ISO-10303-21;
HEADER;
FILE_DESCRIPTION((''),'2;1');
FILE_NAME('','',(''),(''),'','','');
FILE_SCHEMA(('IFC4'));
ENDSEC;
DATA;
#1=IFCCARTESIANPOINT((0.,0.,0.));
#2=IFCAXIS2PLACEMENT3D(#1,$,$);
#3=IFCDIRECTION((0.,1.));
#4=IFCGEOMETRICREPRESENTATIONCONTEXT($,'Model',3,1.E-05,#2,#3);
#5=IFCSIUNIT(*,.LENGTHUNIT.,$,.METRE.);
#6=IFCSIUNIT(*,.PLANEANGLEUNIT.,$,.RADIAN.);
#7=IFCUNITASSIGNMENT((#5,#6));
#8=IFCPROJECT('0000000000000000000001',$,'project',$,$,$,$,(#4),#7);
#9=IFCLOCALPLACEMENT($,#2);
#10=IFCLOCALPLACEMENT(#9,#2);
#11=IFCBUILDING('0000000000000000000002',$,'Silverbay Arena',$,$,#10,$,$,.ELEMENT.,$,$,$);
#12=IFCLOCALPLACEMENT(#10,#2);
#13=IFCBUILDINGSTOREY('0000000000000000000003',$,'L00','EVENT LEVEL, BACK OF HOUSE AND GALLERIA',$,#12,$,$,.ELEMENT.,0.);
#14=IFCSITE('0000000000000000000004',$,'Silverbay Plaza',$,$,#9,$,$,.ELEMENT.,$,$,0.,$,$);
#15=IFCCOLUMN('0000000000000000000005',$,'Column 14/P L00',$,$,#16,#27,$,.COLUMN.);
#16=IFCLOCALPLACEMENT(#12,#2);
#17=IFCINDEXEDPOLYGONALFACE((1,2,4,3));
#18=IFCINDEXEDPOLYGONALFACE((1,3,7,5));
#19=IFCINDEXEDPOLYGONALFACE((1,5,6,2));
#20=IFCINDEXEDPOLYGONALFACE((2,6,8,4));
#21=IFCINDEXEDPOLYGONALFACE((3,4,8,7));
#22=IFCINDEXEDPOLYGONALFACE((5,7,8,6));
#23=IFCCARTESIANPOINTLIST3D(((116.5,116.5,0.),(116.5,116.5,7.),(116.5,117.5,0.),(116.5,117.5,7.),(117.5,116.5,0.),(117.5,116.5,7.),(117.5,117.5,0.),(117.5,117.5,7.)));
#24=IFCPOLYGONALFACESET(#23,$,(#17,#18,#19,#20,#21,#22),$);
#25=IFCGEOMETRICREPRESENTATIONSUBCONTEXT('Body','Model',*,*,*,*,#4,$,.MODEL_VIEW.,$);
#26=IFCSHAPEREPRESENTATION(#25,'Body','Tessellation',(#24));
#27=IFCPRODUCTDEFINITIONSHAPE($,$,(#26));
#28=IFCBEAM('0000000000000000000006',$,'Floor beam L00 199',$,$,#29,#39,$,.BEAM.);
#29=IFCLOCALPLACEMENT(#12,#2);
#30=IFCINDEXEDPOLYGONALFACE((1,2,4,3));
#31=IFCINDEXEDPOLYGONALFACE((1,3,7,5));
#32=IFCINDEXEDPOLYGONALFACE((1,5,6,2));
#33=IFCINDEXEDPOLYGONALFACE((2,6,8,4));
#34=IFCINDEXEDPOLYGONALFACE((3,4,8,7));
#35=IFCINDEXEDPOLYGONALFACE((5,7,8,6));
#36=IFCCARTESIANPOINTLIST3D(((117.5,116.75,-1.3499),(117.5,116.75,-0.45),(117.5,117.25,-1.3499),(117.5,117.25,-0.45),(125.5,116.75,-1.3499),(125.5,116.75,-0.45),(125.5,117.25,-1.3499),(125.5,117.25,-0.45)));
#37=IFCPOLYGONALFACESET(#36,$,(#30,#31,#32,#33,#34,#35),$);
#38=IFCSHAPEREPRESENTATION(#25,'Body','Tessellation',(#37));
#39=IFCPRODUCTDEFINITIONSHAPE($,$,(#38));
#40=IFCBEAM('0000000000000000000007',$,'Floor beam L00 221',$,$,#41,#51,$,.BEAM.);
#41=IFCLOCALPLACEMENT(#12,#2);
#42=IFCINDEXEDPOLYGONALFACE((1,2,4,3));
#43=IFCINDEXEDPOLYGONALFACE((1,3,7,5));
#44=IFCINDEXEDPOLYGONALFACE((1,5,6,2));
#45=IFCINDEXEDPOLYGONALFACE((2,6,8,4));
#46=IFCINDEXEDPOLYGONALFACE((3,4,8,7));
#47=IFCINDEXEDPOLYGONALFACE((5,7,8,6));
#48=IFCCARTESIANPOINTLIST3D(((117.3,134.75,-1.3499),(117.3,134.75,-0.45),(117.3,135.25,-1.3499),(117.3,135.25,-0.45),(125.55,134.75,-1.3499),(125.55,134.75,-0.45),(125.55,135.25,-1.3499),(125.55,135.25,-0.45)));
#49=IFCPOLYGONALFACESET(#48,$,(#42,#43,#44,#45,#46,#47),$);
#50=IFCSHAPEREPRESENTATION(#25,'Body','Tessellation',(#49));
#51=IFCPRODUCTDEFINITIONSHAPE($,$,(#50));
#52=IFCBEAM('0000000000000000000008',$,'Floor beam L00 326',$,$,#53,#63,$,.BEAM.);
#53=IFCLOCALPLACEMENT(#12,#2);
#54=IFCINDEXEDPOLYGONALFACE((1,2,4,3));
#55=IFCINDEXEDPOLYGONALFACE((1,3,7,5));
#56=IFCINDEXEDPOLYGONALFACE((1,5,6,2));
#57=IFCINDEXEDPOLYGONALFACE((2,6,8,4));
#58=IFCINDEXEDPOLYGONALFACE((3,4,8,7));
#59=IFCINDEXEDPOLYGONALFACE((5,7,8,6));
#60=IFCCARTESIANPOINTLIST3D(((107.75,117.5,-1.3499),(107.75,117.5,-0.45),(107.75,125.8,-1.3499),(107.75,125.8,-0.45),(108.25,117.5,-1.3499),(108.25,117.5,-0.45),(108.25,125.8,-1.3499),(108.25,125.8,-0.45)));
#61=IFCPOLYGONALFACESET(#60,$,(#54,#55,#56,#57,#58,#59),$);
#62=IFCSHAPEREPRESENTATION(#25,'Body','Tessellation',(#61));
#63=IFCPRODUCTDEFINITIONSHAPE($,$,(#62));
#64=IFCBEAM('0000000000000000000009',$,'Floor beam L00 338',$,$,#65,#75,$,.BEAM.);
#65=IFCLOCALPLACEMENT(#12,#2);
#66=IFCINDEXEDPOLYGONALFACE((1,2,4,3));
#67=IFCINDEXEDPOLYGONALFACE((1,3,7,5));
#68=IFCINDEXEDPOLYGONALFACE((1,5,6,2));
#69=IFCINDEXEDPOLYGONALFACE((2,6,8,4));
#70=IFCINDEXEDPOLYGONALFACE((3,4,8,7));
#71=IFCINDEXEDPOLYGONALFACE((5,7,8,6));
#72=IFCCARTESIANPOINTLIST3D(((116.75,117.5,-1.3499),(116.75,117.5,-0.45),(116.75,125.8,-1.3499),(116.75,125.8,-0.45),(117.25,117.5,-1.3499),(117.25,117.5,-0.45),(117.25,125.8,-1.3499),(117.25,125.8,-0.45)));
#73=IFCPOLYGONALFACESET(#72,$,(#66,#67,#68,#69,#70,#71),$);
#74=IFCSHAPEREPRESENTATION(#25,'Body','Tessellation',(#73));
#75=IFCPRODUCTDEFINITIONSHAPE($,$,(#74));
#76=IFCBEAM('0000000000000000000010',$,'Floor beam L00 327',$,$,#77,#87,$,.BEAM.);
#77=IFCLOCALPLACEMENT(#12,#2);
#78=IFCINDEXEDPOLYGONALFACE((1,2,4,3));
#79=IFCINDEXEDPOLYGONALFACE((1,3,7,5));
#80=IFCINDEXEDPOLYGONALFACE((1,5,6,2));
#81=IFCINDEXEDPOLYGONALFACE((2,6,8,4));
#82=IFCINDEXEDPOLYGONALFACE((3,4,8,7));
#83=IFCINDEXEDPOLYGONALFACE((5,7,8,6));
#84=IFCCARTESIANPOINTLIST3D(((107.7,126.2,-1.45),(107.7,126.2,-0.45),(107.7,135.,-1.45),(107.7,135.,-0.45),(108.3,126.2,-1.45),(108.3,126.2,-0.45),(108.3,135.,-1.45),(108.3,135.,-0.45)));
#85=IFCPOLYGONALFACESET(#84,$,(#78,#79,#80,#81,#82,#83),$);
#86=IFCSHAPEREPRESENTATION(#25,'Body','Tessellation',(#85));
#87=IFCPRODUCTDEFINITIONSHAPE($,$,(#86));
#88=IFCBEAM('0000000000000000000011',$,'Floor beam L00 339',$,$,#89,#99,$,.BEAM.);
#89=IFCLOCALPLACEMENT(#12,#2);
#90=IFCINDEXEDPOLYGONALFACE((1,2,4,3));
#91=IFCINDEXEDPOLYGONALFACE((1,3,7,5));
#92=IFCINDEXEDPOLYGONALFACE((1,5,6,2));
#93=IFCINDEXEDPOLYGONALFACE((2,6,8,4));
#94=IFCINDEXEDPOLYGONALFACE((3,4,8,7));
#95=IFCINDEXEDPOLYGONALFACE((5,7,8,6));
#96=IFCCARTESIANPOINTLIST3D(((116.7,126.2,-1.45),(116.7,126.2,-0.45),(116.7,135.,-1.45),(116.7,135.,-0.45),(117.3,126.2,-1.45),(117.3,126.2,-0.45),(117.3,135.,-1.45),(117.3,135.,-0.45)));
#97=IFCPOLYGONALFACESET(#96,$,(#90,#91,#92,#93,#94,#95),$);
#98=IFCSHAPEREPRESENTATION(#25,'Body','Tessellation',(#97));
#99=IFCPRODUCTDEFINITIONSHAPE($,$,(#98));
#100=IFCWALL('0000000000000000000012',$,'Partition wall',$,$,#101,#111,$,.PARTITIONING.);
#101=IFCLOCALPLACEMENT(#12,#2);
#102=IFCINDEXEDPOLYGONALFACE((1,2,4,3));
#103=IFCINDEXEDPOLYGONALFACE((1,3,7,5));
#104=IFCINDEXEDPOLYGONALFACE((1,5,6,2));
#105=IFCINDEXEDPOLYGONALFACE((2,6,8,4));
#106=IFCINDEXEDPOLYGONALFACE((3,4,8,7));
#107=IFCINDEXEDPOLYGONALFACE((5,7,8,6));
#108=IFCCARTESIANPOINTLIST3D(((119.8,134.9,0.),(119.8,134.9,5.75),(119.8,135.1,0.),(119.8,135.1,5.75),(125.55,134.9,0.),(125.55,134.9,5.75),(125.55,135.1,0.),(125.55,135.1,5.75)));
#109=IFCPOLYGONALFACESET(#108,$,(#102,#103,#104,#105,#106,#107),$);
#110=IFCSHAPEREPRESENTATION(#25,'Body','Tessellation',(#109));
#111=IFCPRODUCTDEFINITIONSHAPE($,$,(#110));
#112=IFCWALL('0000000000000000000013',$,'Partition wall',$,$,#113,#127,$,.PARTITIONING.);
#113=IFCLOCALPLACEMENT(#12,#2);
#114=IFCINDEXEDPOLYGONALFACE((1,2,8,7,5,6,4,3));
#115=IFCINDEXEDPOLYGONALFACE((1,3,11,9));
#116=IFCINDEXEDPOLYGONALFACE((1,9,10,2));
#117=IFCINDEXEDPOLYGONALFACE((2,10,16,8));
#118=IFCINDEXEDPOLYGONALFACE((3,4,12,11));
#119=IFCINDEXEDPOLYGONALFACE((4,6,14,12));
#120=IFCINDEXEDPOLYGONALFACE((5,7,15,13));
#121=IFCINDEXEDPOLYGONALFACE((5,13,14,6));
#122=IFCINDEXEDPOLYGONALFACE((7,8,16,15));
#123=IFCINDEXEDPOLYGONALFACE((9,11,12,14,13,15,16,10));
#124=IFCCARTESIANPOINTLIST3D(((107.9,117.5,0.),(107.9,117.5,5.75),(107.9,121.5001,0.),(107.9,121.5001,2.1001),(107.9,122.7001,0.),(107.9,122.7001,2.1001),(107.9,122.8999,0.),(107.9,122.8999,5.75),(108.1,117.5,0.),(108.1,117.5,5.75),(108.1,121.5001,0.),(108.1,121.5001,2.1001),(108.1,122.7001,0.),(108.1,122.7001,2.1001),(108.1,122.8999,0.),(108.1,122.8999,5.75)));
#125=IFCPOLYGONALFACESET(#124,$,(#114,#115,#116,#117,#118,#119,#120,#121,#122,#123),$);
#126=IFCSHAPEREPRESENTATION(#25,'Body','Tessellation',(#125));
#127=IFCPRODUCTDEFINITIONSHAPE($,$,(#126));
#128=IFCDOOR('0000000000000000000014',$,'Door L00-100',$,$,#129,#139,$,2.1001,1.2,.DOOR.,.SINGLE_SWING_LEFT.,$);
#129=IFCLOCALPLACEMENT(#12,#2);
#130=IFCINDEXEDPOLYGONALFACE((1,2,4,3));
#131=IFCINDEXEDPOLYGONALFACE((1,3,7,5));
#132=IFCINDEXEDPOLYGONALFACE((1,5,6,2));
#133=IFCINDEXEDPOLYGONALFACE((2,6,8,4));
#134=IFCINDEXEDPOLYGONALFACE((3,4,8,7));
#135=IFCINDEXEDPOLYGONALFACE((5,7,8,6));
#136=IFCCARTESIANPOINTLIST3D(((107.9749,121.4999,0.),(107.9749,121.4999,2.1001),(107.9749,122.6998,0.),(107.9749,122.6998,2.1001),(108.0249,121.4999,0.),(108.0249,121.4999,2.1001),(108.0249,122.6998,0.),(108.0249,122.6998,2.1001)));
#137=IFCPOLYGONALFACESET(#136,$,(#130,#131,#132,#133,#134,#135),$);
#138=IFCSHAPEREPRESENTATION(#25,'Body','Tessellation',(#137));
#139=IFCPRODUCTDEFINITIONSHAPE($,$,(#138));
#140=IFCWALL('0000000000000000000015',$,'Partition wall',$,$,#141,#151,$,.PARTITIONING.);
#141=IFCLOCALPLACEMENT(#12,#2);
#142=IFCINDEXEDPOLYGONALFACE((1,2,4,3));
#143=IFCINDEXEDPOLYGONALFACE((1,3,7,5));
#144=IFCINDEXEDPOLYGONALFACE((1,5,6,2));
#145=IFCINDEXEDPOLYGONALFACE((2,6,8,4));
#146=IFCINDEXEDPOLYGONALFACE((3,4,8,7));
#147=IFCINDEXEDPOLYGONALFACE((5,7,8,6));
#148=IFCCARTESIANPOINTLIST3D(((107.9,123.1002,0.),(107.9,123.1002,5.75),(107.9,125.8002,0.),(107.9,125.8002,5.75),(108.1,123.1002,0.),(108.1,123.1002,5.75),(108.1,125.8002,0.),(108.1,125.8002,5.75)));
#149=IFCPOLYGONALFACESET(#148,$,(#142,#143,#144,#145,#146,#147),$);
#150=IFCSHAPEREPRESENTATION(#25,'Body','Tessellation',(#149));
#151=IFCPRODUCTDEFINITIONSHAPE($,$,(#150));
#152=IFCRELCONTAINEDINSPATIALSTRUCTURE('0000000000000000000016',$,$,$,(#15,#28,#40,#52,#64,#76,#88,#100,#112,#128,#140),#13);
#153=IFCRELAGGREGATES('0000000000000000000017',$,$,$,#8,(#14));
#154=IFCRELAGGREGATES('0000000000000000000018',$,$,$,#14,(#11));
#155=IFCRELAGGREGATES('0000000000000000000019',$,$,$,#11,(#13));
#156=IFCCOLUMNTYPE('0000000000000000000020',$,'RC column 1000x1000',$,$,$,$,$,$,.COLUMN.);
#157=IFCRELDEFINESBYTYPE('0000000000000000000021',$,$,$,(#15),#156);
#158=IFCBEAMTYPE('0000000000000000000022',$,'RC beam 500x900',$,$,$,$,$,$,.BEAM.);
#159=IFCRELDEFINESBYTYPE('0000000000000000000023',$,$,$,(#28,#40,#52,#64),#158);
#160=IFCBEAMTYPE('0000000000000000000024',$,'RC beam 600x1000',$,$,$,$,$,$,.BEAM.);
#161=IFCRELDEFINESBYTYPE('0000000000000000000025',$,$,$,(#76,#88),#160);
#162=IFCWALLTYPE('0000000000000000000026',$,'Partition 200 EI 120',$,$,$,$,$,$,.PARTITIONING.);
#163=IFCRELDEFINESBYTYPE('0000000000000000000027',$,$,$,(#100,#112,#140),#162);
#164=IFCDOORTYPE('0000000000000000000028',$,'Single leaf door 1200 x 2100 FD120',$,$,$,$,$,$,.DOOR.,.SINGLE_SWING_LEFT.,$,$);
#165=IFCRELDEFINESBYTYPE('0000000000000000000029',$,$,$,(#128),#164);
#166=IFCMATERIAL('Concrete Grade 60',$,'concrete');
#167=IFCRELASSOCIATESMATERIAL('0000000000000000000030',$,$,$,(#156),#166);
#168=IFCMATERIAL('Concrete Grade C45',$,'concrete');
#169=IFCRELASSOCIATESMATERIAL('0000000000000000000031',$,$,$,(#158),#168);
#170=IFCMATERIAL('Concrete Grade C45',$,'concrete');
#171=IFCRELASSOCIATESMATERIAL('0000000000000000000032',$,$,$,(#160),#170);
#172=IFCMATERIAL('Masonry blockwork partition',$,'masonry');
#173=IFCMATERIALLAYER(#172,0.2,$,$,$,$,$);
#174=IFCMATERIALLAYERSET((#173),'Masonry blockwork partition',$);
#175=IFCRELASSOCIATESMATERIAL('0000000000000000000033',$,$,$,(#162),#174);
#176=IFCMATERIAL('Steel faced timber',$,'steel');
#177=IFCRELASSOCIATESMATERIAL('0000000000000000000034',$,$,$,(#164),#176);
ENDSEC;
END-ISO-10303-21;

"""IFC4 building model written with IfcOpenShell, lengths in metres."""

from ifc_helpers import new_model, si_unit, direction, frame, frame_2d, origin, origin_2d, place, context, subcontext, project, spatial, rectangle, extrude, material, layer, layer_set, material_profile, profile_set, type_object, element, fill, save


model = new_model("IFC4")

# Units and contexts
model_context = context("Model", 3, precision=1e-05, world=origin(), true_north=direction((0.0, 1.0)))
body_context = subcontext(model_context, "Body", "Model", "MODEL_VIEW")
ifc_project = project(units=[si_unit("LENGTHUNIT", "METRE"), si_unit("PLANEANGLEUNIT", "RADIAN")], contexts=[model_context])

# Site, building, storey
site_placement = place(None, origin())
site = spatial("IfcSite", under=ifc_project, at=site_placement, Name="Silverbay Plaza", CompositionType="ELEMENT", RefElevation=0.0)
building_placement = place(site_placement, origin())
building = spatial("IfcBuilding", under=site, at=building_placement, Name="Silverbay Arena", CompositionType="ELEMENT")
storey_placement = place(building_placement, origin())
storey = spatial("IfcBuildingStorey", under=building, at=storey_placement, Name="L00", Description="EVENT LEVEL, BACK OF HOUSE AND GALLERIA", CompositionType="ELEMENT", Elevation=0.0)

# Column
ifc_material_1 = material(Name="Concrete Grade 60", Category="concrete")
ifc_material_profile_1 = material_profile(ifc_material_1, rectangle(XDim=1.0, YDim=1.0, at=origin_2d()), Name="RC 1000x1000")
ifc_profile_set_1 = profile_set([ifc_material_profile_1], Name="Concrete Grade 60")
column_type = type_object("IfcColumnType", Name="RC column 1000x1000", PredefinedType="COLUMN", material=ifc_profile_set_1)
column_placement = place(storey_placement, frame((117.0, 117.0, 0.0), z_axis=(0.0, 0.0, 1.0), x_axis=(1.0, 0.0, 0.0)))
element("IfcColumn", 1, at=column_placement, inside=storey, type_object=column_type, Name="Column 14/P L00", PredefinedType="COLUMN", context=body_context, shape_type="SweptSolid", body=[
    extrude(rectangle(XDim=1.0, YDim=1.0, at=origin_2d()), origin(), (0.0, 0.0, 1.0), 7.0),
])

# Beams
ifc_material_2 = material(Name="Concrete Grade C45", Category="concrete")
ifc_material_profile_2 = material_profile(ifc_material_2, rectangle(XDim=0.5, YDim=0.8999, at=origin_2d()), Name="RC 500x900")
ifc_profile_set_2 = profile_set([ifc_material_profile_2], Name="Concrete Grade C45")
beam_type_1 = type_object("IfcBeamType", Name="RC beam 500x900", PredefinedType="BEAM", material=ifc_profile_set_2)
beam_1_placement = place(storey_placement, frame((117.5, 117.0, -0.8999), z_axis=(1.0, 0.0, 0.0), x_axis=(0.0, 1.0, 0.0)))
element("IfcBeam", 2, at=beam_1_placement, inside=storey, type_object=beam_type_1, Name="Floor beam L00 199", PredefinedType="BEAM", context=body_context, shape_type="SweptSolid", body=[
    extrude(rectangle(XDim=0.5, YDim=0.8999, at=origin_2d()), origin(), (0.0, 0.0, 1.0), 8.0),
])
beam_2_placement = place(storey_placement, frame((117.3, 135.0, -0.8999), z_axis=(1.0, 0.0, 0.0), x_axis=(0.0, 1.0, 0.0)))
element("IfcBeam", 3, at=beam_2_placement, inside=storey, type_object=beam_type_1, Name="Floor beam L00 221", PredefinedType="BEAM", context=body_context, shape_type="SweptSolid", body=[
    extrude(rectangle(XDim=0.5, YDim=0.8999, at=origin_2d()), origin(), (0.0, 0.0, 1.0), 8.25),
])
for number, where, z_axis, x_axis, name in (
    (4, (108.0, 117.5, -0.8999), (0.0, 1.0, 0.0), (-1.0, 0.0, 0.0), "Floor beam L00 326"),
    (5, (117.0, 117.5, -0.8999), (0.0, 1.0, 0.0), (-1.0, 0.0, 0.0), "Floor beam L00 338"),
):
    element("IfcBeam", number, at=place(storey_placement, frame(where, z_axis=z_axis, x_axis=x_axis)), inside=storey, type_object=beam_type_1, Name=name, PredefinedType="BEAM", context=body_context, shape_type="SweptSolid", body=[
        extrude(rectangle(XDim=0.5, YDim=0.8999, at=origin_2d()), origin(), (0.0, 0.0, 1.0), 8.3),
    ])
ifc_material_3 = material(Name="Concrete Grade C45", Category="concrete")
ifc_material_profile_3 = material_profile(ifc_material_3, rectangle(XDim=0.6001, YDim=1.0, at=origin_2d()), Name="RC 600x1000")
ifc_profile_set_3 = profile_set([ifc_material_profile_3], Name="Concrete Grade C45")
beam_type_2 = type_object("IfcBeamType", Name="RC beam 600x1000", PredefinedType="BEAM", material=ifc_profile_set_3)
for number, where, z_axis, x_axis, name in (
    (6, (108.0, 126.2, -0.95), (0.0, 1.0, 0.0), (-1.0, 0.0, 0.0), "Floor beam L00 327"),
    (7, (117.0, 126.2, -0.95), (0.0, 1.0, 0.0), (-1.0, 0.0, 0.0), "Floor beam L00 339"),
):
    element("IfcBeam", number, at=place(storey_placement, frame(where, z_axis=z_axis, x_axis=x_axis)), inside=storey, type_object=beam_type_2, Name=name, PredefinedType="BEAM", context=body_context, shape_type="SweptSolid", body=[
        extrude(rectangle(XDim=0.6001, YDim=1.0, at=origin_2d()), origin(), (0.0, 0.0, 1.0), 8.8),
    ])

# Wall
ifc_material_4 = material(Name="Masonry blockwork partition", Category="masonry")
ifc_layer_1 = layer(ifc_material_4, 0.2)
ifc_layer_set_1 = layer_set([ifc_layer_1], Name="Masonry blockwork partition")
wall_type_1 = type_object("IfcWallType", Name="Partition 200 EI 120", PredefinedType="PARTITIONING", material=ifc_layer_set_1)
wall_1_placement = place(storey_placement, frame((119.8, 135.0, 0.0), z_axis=(0.0, 0.0, 1.0), x_axis=(1.0, 0.0, 0.0)))
element("IfcWall", 8, at=wall_1_placement, inside=storey, type_object=wall_type_1, Name="Partition wall", PredefinedType="PARTITIONING", context=body_context, shape_type="SweptSolid", body=[
    extrude(rectangle(XDim=5.75, YDim=0.2, at=frame_2d((2.875, 0.0))), origin(), (0.0, 0.0, 1.0), 5.75),
])

# Wall, opening, door
wall_2_placement = place(storey_placement, frame((108.0, 117.5, 0.0), z_axis=(0.0, 0.0, 1.0), x_axis=(0.0, 1.0, 0.0)))
wall_2 = element("IfcWall", 9, at=wall_2_placement, inside=storey, type_object=wall_type_1, Name="Partition wall", PredefinedType="PARTITIONING", context=body_context, shape_type="SweptSolid", body=[
    extrude(rectangle(XDim=5.3999, YDim=0.2, at=frame_2d((2.7, 0.0))), origin(), (0.0, 0.0, 1.0), 5.75),
])
opening_1_placement = place(wall_2_placement, frame((4.0, 0.0, 0.0)))
opening_1 = element("IfcOpeningElement", 10, at=opening_1_placement, cuts=wall_2, PredefinedType="OPENING", context=body_context, shape_type="SweptSolid", body=[
    extrude(rectangle(XDim=1.2, YDim=2.1001, at=frame_2d((0.6001, 1.05))), frame((0.0, 0.1099, 0.0), z_axis=(0.0, -1.0, 0.0), x_axis=(1.0, 0.0, 0.0)), (0.0, 0.0, 1.0), 0.22),
])
ifc_material_5 = material(Name="Steel faced timber", Category="steel")
door_type_1 = type_object("IfcDoorType", Name="Single leaf door 1200 x 2100 FD120", OperationType="SINGLE_SWING_LEFT", PredefinedType="DOOR", material=ifc_material_5)
door_1_placement = place(opening_1_placement, frame((1.2, 0.0, 0.0), z_axis=(0.0, 0.0, 1.0), x_axis=(-1.0, 0.0, 0.0)))
door_1 = element("IfcDoor", 11, at=door_1_placement, inside=storey, type_object=door_type_1, Name="Door L00-100", OperationType="SINGLE_SWING_LEFT", OverallHeight=2.1001, OverallWidth=1.2, PredefinedType="DOOR", context=body_context, shape_type="SweptSolid", body=[
    extrude(rectangle(XDim=1.2, YDim=2.1001, at=frame_2d((0.6001, 1.05))), frame((0.0, 0.0249, 0.0), z_axis=(0.0, -1.0, 0.0), x_axis=(1.0, 0.0, 0.0)), (0.0, 0.0, 1.0), 0.05),
])
fill(opening_1, door_1)

# Wall
wall_3_placement = place(storey_placement, frame((108.0, 123.1001, 0.0), z_axis=(0.0, 0.0, 1.0), x_axis=(0.0, 1.0, 0.0)))
element("IfcWall", 12, at=wall_3_placement, inside=storey, type_object=wall_type_1, Name="Partition wall", PredefinedType="PARTITIONING", context=body_context, shape_type="SweptSolid", body=[
    extrude(rectangle(XDim=2.7, YDim=0.2, at=frame_2d((1.3501, 0.0))), origin(), (0.0, 0.0, 1.0), 5.75),
])

save(model, "model.ifc")
